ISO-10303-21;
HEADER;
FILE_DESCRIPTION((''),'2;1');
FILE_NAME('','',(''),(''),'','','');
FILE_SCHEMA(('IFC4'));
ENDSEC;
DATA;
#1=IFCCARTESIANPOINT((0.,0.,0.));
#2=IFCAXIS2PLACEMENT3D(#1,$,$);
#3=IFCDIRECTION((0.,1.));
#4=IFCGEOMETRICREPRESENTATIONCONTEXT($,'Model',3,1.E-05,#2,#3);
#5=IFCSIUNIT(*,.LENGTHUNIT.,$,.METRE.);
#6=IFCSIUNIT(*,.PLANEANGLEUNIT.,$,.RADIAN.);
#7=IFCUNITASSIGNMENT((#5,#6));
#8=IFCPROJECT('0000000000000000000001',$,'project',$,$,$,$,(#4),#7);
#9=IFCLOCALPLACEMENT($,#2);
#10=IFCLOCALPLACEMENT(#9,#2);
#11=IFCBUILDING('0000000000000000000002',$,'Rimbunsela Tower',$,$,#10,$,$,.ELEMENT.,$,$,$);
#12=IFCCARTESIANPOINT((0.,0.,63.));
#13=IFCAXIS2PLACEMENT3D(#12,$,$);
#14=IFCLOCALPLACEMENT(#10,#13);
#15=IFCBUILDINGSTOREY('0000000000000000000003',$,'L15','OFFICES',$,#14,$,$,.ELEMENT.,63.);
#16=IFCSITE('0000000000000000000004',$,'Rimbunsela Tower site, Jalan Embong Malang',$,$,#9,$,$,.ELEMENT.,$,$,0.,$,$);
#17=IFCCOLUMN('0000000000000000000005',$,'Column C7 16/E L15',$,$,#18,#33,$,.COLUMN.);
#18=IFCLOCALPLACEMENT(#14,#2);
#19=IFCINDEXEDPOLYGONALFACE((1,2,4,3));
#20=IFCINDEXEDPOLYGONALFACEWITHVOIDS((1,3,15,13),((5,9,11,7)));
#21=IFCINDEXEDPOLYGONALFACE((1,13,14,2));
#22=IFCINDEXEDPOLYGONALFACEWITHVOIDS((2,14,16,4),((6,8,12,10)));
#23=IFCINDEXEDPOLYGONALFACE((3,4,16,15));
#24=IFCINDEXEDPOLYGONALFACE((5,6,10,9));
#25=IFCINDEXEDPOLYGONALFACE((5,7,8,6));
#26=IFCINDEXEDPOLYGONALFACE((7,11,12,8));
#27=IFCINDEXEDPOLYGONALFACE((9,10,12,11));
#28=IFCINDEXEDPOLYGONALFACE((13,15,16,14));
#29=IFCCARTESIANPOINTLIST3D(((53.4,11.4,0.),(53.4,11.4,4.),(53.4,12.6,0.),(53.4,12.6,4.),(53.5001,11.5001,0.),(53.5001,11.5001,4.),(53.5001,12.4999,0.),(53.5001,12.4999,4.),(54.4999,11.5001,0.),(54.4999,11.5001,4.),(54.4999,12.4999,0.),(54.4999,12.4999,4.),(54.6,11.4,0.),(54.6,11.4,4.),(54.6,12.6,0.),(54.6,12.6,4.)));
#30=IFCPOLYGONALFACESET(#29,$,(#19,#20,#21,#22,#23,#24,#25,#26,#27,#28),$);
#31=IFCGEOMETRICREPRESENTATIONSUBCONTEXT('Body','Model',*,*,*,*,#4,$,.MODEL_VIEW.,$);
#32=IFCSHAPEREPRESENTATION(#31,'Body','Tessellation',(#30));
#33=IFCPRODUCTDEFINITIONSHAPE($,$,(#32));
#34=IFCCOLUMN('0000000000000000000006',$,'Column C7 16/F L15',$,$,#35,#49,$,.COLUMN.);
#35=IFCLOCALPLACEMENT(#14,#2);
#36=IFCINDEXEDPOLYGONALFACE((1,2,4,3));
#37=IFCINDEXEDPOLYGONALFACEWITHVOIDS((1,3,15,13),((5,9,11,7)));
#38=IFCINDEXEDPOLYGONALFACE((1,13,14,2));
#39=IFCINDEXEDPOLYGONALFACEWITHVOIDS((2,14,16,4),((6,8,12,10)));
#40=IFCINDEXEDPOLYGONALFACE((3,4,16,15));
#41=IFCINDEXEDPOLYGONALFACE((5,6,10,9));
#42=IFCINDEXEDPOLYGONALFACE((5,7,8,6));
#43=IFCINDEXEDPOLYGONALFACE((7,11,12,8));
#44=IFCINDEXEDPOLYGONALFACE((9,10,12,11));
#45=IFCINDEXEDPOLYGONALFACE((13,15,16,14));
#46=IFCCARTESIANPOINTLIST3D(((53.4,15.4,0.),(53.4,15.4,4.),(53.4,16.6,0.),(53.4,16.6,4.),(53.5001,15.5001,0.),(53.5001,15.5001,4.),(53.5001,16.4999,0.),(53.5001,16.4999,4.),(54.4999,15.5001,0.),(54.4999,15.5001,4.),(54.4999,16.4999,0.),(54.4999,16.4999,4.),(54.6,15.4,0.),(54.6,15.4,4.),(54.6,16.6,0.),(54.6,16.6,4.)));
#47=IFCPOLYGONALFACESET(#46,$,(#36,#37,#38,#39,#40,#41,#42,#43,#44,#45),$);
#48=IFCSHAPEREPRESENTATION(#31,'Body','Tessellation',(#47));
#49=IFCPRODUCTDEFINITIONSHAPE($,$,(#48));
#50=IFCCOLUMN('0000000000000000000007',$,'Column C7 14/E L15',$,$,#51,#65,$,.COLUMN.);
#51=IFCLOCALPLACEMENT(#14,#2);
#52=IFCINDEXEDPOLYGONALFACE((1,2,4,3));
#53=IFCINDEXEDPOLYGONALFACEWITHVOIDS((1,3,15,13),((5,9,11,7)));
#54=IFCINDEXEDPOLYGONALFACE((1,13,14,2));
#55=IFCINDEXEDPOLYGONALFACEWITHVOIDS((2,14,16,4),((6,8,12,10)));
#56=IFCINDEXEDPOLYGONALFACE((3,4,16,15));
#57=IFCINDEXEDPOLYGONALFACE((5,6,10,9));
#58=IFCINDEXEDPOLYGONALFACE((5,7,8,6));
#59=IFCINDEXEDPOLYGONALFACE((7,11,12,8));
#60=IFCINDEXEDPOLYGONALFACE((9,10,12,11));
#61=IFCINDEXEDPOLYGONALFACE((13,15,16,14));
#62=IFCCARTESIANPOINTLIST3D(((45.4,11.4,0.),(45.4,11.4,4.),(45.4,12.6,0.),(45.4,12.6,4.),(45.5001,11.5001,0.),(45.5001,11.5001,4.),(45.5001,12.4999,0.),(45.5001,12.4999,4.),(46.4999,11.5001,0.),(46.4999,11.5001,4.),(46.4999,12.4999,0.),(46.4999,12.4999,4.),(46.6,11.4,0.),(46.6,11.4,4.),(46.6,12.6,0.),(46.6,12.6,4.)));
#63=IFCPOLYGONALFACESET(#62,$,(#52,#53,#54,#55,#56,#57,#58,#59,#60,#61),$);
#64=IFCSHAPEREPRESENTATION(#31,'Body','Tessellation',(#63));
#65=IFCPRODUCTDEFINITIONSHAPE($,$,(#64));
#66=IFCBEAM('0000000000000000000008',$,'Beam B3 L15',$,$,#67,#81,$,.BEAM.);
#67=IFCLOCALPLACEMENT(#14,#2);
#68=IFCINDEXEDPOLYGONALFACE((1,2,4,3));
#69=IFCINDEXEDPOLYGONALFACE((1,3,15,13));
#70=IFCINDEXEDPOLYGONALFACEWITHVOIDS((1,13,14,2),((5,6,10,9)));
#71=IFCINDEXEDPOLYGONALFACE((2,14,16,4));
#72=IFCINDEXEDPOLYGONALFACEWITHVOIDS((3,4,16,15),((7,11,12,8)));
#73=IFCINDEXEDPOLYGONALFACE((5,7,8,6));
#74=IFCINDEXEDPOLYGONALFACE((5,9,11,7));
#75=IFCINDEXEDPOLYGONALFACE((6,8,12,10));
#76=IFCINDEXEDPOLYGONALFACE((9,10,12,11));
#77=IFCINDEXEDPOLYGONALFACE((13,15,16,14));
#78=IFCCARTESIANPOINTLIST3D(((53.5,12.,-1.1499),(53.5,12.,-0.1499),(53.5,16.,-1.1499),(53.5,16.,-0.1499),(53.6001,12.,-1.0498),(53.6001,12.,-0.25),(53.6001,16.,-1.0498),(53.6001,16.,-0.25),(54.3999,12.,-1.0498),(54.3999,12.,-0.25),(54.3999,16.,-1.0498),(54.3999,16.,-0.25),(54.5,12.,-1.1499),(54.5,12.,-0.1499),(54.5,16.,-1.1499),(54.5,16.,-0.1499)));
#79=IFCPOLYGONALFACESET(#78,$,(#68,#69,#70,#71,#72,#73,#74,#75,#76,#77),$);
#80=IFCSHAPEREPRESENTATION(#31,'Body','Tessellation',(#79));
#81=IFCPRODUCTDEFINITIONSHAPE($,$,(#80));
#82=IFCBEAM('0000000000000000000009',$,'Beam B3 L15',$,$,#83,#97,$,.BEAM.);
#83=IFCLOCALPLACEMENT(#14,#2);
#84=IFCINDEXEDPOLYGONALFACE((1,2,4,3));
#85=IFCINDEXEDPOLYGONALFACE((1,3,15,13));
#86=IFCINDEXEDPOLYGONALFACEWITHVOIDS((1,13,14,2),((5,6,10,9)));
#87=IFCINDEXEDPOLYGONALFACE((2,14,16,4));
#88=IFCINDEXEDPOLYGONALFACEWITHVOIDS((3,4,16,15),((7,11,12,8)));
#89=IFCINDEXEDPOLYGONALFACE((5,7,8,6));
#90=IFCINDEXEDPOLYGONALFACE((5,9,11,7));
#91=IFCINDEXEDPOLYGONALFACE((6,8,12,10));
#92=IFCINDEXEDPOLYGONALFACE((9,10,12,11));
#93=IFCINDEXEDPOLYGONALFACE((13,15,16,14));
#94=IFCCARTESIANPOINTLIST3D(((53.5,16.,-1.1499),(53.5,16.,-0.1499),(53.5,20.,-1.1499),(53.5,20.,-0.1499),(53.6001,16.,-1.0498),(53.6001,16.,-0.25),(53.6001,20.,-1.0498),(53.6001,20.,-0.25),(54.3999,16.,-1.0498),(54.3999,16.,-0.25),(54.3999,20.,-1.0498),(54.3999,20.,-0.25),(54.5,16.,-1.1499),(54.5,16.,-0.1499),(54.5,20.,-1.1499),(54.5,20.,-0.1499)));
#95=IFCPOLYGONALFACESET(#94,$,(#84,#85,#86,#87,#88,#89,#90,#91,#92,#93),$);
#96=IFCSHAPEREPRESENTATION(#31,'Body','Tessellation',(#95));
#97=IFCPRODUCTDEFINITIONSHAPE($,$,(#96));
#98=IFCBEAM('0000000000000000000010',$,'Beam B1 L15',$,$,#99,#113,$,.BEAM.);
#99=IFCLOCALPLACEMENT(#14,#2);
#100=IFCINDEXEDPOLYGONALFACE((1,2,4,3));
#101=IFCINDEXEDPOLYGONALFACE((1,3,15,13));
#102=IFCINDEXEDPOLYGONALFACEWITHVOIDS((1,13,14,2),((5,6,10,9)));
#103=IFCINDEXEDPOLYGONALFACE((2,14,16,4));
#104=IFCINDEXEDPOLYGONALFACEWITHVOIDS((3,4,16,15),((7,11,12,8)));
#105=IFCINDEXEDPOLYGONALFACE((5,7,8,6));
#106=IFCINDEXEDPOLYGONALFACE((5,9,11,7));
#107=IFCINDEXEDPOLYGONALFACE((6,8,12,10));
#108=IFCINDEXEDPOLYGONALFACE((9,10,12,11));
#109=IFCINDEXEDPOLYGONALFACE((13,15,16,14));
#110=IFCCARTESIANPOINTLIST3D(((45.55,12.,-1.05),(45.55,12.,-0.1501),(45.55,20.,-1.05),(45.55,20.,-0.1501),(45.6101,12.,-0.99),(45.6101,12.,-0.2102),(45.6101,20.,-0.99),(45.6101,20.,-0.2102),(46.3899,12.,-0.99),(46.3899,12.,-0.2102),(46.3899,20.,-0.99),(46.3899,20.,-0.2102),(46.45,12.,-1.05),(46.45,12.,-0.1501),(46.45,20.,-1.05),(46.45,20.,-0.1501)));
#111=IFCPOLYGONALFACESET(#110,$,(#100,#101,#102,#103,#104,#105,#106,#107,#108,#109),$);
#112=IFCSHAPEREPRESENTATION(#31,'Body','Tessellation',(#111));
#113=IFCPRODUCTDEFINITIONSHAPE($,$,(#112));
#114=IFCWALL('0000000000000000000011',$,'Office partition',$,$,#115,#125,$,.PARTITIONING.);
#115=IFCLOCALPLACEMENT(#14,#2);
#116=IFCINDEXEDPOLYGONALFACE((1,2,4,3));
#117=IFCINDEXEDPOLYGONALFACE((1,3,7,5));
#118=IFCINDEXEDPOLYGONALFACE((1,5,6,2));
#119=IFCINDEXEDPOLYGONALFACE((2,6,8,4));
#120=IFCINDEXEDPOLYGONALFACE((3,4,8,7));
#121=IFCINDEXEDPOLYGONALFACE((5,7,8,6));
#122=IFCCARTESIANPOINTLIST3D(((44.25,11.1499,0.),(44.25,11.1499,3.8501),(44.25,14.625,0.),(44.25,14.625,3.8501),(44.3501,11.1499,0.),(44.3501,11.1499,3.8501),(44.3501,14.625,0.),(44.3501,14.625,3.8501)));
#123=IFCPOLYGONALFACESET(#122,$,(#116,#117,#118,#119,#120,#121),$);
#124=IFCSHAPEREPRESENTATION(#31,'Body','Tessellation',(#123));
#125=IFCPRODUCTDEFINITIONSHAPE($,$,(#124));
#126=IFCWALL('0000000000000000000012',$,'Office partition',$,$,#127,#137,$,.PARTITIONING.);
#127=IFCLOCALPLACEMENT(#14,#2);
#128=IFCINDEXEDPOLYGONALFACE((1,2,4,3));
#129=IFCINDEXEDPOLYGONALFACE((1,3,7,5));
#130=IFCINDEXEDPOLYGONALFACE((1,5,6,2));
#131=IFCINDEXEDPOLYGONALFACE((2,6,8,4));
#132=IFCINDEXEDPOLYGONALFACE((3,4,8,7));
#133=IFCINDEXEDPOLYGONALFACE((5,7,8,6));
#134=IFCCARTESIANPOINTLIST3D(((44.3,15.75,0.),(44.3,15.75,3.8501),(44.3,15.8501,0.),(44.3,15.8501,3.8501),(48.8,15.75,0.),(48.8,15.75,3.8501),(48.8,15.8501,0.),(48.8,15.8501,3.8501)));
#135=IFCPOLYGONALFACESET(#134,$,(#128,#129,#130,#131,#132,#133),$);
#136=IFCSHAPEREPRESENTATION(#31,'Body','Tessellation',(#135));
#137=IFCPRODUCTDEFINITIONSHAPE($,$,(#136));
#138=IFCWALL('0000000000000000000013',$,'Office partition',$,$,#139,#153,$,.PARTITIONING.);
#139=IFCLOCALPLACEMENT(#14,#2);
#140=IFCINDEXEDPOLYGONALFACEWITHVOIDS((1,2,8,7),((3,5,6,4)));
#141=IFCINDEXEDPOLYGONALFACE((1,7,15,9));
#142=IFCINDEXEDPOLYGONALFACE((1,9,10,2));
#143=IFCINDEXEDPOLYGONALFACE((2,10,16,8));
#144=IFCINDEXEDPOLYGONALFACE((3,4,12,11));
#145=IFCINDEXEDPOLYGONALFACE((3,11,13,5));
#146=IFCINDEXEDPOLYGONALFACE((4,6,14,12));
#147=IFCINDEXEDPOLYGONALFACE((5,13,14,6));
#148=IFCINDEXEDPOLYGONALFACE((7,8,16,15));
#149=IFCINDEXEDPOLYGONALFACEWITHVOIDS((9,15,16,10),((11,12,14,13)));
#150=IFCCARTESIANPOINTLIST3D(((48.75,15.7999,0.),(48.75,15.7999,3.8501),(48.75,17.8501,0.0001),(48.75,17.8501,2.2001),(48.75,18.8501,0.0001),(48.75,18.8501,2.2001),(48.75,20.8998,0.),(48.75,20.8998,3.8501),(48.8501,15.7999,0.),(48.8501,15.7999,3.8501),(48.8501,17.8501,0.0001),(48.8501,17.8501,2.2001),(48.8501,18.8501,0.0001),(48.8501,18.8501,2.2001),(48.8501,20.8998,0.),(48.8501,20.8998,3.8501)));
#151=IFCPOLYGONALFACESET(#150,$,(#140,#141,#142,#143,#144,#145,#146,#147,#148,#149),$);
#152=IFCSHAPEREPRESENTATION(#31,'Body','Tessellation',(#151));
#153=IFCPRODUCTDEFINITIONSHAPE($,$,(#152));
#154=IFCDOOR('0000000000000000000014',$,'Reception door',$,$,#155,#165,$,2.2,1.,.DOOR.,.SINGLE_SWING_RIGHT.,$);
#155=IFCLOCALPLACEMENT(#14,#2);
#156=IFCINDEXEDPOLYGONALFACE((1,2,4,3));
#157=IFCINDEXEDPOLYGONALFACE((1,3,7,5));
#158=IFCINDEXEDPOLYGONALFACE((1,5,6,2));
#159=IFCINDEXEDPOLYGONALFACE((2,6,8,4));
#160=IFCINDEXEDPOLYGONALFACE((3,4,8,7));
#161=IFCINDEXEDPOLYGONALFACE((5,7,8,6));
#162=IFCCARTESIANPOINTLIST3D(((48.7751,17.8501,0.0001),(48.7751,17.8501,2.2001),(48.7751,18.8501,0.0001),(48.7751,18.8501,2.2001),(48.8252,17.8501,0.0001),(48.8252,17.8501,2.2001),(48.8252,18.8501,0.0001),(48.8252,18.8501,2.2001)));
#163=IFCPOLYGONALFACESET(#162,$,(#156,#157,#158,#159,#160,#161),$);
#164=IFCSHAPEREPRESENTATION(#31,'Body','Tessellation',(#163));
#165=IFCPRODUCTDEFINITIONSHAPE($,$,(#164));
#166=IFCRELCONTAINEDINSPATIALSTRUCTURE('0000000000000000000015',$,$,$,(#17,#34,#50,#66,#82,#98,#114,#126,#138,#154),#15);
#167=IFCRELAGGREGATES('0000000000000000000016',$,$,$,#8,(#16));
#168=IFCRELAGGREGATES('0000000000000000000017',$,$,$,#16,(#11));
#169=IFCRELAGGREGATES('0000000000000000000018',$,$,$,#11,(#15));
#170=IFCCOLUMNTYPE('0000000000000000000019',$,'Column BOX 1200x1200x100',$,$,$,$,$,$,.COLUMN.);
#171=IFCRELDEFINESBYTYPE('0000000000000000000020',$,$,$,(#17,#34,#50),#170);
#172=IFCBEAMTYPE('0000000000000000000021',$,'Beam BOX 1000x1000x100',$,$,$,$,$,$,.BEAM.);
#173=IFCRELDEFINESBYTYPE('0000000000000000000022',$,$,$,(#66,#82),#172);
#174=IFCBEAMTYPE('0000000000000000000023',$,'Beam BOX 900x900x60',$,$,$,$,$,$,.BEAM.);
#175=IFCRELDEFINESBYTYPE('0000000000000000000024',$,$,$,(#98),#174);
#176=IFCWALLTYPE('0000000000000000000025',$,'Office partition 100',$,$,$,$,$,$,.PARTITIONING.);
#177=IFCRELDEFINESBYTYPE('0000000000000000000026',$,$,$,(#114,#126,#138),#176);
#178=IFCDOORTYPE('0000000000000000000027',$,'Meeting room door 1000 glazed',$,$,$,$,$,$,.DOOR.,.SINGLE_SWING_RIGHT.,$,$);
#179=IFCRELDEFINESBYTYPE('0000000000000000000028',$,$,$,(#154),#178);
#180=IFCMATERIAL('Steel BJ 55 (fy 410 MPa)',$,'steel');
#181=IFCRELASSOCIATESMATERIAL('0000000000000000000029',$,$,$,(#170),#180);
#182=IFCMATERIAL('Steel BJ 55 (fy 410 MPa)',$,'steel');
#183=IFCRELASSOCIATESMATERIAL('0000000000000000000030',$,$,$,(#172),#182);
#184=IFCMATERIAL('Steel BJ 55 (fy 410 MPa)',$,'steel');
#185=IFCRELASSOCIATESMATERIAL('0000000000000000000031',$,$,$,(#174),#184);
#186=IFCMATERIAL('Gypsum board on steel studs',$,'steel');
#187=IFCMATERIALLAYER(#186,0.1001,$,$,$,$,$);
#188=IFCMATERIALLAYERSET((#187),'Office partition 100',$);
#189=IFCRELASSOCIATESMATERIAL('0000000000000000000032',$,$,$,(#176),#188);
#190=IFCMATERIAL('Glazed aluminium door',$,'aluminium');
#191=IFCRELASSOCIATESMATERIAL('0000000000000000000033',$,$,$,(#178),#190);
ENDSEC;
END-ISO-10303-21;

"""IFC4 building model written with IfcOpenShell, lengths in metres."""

from ifc_helpers import new_model, si_unit, direction, frame, frame_2d, origin, origin_2d, place, context, subcontext, project, spatial, rectangle, hollow_rectangle, extrude, material, layer, layer_set, material_profile, profile_set, type_object, element, fill, save


model = new_model("IFC4")

# Units and contexts
model_context = context("Model", 3, precision=1e-05, world=origin(), true_north=direction((0.0, 1.0)))
body_context = subcontext(model_context, "Body", "Model", "MODEL_VIEW")
ifc_project = project(units=[si_unit("LENGTHUNIT", "METRE"), si_unit("PLANEANGLEUNIT", "RADIAN")], contexts=[model_context])

# Site, building, storey
site_placement = place(None, origin())
site = spatial("IfcSite", under=ifc_project, at=site_placement, Name="Rimbunsela Tower site, Jalan Embong Malang", CompositionType="ELEMENT", RefElevation=0.0)
building_placement = place(site_placement, origin())
building = spatial("IfcBuilding", under=site, at=building_placement, Name="Rimbunsela Tower", CompositionType="ELEMENT")
storey_placement = place(building_placement, frame((0.0, 0.0, 63.0)))
storey = spatial("IfcBuildingStorey", under=building, at=storey_placement, Name="L15", Description="OFFICES", CompositionType="ELEMENT", Elevation=63.0)

# Columns
ifc_material_1 = material(Name="Steel BJ 55 (fy 410 MPa)", Category="steel")
ifc_material_profile_1 = material_profile(ifc_material_1, hollow_rectangle(XDim=1.2, YDim=1.2, WallThickness=0.1001, at=origin_2d()), Name="BOX 1200x1200x100")
ifc_profile_set_1 = profile_set([ifc_material_profile_1], Name="Steel BJ 55 (fy 410 MPa)")
column_type = type_object("IfcColumnType", Name="Column BOX 1200x1200x100", PredefinedType="COLUMN", material=ifc_profile_set_1)
for number, where, z_axis, x_axis, name in (
    (1, (54.0, 12.0, 0.0), (0.0, 0.0, 1.0), (1.0, 0.0, 0.0), "Column C7 16/E L15"),
    (2, (54.0, 16.0, 0.0), (0.0, 0.0, 1.0), (1.0, 0.0, 0.0), "Column C7 16/F L15"),
    (3, (46.0, 12.0, 0.0), (0.0, 0.0, 1.0), (1.0, 0.0, 0.0), "Column C7 14/E L15"),
):
    element("IfcColumn", number, at=place(storey_placement, frame(where, z_axis=z_axis, x_axis=x_axis)), inside=storey, type_object=column_type, Name=name, PredefinedType="COLUMN", context=body_context, shape_type="SweptSolid", body=[
        extrude(hollow_rectangle(XDim=1.2, YDim=1.2, WallThickness=0.1001, at=origin_2d()), origin(), (0.0, 0.0, 1.0), 4.0),
    ])

# Beams
ifc_material_2 = material(Name="Steel BJ 55 (fy 410 MPa)", Category="steel")
ifc_material_profile_2 = material_profile(ifc_material_2, hollow_rectangle(XDim=1.0, YDim=1.0, WallThickness=0.1001, at=origin_2d()), Name="BOX 1000x1000x100")
ifc_profile_set_2 = profile_set([ifc_material_profile_2], Name="Steel BJ 55 (fy 410 MPa)")
beam_type_1 = type_object("IfcBeamType", Name="Beam BOX 1000x1000x100", PredefinedType="BEAM", material=ifc_profile_set_2)
for number, where, z_axis, x_axis, name in (
    (4, (54.0, 12.0, -0.6499), (0.0, 1.0, 0.0), (-1.0, 0.0, 0.0), "Beam B3 L15"),
    (5, (54.0, 16.0, -0.6499), (0.0, 1.0, 0.0), (-1.0, 0.0, 0.0), "Beam B3 L15"),
):
    element("IfcBeam", number, at=place(storey_placement, frame(where, z_axis=z_axis, x_axis=x_axis)), inside=storey, type_object=beam_type_1, Name=name, PredefinedType="BEAM", context=body_context, shape_type="SweptSolid", body=[
        extrude(hollow_rectangle(XDim=1.0, YDim=1.0, WallThickness=0.1001, at=origin_2d()), origin(), (0.0, 0.0, 1.0), 4.0),
    ])
ifc_material_3 = material(Name="Steel BJ 55 (fy 410 MPa)", Category="steel")
ifc_material_profile_3 = material_profile(ifc_material_3, hollow_rectangle(XDim=0.8999, YDim=0.8999, WallThickness=0.0601, at=origin_2d()), Name="BOX 900x900x60")
ifc_profile_set_3 = profile_set([ifc_material_profile_3], Name="Steel BJ 55 (fy 410 MPa)")
beam_type_2 = type_object("IfcBeamType", Name="Beam BOX 900x900x60", PredefinedType="BEAM", material=ifc_profile_set_3)
beam_placement = place(storey_placement, frame((46.0, 12.0, -0.6001), z_axis=(0.0, 1.0, 0.0), x_axis=(-1.0, 0.0, 0.0)))
element("IfcBeam", 6, at=beam_placement, inside=storey, type_object=beam_type_2, Name="Beam B1 L15", PredefinedType="BEAM", context=body_context, shape_type="SweptSolid", body=[
    extrude(hollow_rectangle(XDim=0.8999, YDim=0.8999, WallThickness=0.0601, at=origin_2d()), origin(), (0.0, 0.0, 1.0), 8.0),
])

# Walls
ifc_material_4 = material(Name="Gypsum board on steel studs", Category="steel")
ifc_layer_1 = layer(ifc_material_4, 0.1001)
ifc_layer_set_1 = layer_set([ifc_layer_1], Name="Office partition 100")
wall_type_1 = type_object("IfcWallType", Name="Office partition 100", PredefinedType="PARTITIONING", material=ifc_layer_set_1)
wall_1_placement = place(storey_placement, frame((44.3, 11.1499, 0.0), z_axis=(0.0, 0.0, 1.0), x_axis=(0.0, 1.0, 0.0)))
element("IfcWall", 7, at=wall_1_placement, inside=storey, type_object=wall_type_1, Name="Office partition", PredefinedType="PARTITIONING", context=body_context, shape_type="SweptSolid", body=[
    extrude(rectangle(XDim=3.4751, YDim=0.1001, at=frame_2d((1.7375, 0.0))), origin(), (0.0, 0.0, 1.0), 3.8501),
])
wall_2_placement = place(storey_placement, frame((44.3, 15.8, 0.0), z_axis=(0.0, 0.0, 1.0), x_axis=(1.0, 0.0, 0.0)))
element("IfcWall", 8, at=wall_2_placement, inside=storey, type_object=wall_type_1, Name="Office partition", PredefinedType="PARTITIONING", context=body_context, shape_type="SweptSolid", body=[
    extrude(rectangle(XDim=4.5, YDim=0.1001, at=frame_2d((2.25, 0.0))), origin(), (0.0, 0.0, 1.0), 3.8501),
])

# Wall, opening, door
wall_3_placement = place(storey_placement, frame((48.8, 15.8, 0.0), z_axis=(0.0, 0.0, 1.0), x_axis=(0.0, 1.0, 0.0)))
wall_3 = element("IfcWall", 9, at=wall_3_placement, inside=storey, type_object=wall_type_1, Name="Office partition", PredefinedType="PARTITIONING", context=body_context, shape_type="SweptSolid", body=[
    extrude(rectangle(XDim=5.0999, YDim=0.1001, at=frame_2d((2.5498, 0.0))), origin(), (0.0, 0.0, 1.0), 3.8501),
])
opening_1_placement = place(wall_3_placement, frame((2.05, 0.0, 0.0)))
opening_1 = element("IfcOpeningElement", 10, at=opening_1_placement, cuts=wall_3, PredefinedType="OPENING", context=body_context, shape_type="SweptSolid", body=[
    extrude(rectangle(XDim=1.0, YDim=2.2, at=frame_2d((0.5, 1.1001))), frame((0.0, 0.0601, 0.0), z_axis=(0.0, -1.0, 0.0), x_axis=(1.0, 0.0, 0.0)), (0.0, 0.0, 1.0), 0.1201),
])
ifc_material_5 = material(Name="Glazed aluminium door", Category="aluminium")
door_type_1 = type_object("IfcDoorType", Name="Meeting room door 1000 glazed", OperationType="SINGLE_SWING_RIGHT", PredefinedType="DOOR", material=ifc_material_5)
door_1_placement = place(opening_1_placement, origin())
door_1 = element("IfcDoor", 11, at=door_1_placement, inside=storey, type_object=door_type_1, Name="Reception door", OperationType="SINGLE_SWING_RIGHT", OverallHeight=2.2, OverallWidth=1.0, PredefinedType="DOOR", context=body_context, shape_type="SweptSolid", body=[
    extrude(rectangle(XDim=1.0, YDim=2.2, at=frame_2d((0.5, 1.1001))), frame((0.0, 0.0249, 0.0), z_axis=(0.0, -1.0, 0.0), x_axis=(1.0, 0.0, 0.0)), (0.0, 0.0, 1.0), 0.05),
])
fill(opening_1, door_1)

save(model, "model.ifc")
